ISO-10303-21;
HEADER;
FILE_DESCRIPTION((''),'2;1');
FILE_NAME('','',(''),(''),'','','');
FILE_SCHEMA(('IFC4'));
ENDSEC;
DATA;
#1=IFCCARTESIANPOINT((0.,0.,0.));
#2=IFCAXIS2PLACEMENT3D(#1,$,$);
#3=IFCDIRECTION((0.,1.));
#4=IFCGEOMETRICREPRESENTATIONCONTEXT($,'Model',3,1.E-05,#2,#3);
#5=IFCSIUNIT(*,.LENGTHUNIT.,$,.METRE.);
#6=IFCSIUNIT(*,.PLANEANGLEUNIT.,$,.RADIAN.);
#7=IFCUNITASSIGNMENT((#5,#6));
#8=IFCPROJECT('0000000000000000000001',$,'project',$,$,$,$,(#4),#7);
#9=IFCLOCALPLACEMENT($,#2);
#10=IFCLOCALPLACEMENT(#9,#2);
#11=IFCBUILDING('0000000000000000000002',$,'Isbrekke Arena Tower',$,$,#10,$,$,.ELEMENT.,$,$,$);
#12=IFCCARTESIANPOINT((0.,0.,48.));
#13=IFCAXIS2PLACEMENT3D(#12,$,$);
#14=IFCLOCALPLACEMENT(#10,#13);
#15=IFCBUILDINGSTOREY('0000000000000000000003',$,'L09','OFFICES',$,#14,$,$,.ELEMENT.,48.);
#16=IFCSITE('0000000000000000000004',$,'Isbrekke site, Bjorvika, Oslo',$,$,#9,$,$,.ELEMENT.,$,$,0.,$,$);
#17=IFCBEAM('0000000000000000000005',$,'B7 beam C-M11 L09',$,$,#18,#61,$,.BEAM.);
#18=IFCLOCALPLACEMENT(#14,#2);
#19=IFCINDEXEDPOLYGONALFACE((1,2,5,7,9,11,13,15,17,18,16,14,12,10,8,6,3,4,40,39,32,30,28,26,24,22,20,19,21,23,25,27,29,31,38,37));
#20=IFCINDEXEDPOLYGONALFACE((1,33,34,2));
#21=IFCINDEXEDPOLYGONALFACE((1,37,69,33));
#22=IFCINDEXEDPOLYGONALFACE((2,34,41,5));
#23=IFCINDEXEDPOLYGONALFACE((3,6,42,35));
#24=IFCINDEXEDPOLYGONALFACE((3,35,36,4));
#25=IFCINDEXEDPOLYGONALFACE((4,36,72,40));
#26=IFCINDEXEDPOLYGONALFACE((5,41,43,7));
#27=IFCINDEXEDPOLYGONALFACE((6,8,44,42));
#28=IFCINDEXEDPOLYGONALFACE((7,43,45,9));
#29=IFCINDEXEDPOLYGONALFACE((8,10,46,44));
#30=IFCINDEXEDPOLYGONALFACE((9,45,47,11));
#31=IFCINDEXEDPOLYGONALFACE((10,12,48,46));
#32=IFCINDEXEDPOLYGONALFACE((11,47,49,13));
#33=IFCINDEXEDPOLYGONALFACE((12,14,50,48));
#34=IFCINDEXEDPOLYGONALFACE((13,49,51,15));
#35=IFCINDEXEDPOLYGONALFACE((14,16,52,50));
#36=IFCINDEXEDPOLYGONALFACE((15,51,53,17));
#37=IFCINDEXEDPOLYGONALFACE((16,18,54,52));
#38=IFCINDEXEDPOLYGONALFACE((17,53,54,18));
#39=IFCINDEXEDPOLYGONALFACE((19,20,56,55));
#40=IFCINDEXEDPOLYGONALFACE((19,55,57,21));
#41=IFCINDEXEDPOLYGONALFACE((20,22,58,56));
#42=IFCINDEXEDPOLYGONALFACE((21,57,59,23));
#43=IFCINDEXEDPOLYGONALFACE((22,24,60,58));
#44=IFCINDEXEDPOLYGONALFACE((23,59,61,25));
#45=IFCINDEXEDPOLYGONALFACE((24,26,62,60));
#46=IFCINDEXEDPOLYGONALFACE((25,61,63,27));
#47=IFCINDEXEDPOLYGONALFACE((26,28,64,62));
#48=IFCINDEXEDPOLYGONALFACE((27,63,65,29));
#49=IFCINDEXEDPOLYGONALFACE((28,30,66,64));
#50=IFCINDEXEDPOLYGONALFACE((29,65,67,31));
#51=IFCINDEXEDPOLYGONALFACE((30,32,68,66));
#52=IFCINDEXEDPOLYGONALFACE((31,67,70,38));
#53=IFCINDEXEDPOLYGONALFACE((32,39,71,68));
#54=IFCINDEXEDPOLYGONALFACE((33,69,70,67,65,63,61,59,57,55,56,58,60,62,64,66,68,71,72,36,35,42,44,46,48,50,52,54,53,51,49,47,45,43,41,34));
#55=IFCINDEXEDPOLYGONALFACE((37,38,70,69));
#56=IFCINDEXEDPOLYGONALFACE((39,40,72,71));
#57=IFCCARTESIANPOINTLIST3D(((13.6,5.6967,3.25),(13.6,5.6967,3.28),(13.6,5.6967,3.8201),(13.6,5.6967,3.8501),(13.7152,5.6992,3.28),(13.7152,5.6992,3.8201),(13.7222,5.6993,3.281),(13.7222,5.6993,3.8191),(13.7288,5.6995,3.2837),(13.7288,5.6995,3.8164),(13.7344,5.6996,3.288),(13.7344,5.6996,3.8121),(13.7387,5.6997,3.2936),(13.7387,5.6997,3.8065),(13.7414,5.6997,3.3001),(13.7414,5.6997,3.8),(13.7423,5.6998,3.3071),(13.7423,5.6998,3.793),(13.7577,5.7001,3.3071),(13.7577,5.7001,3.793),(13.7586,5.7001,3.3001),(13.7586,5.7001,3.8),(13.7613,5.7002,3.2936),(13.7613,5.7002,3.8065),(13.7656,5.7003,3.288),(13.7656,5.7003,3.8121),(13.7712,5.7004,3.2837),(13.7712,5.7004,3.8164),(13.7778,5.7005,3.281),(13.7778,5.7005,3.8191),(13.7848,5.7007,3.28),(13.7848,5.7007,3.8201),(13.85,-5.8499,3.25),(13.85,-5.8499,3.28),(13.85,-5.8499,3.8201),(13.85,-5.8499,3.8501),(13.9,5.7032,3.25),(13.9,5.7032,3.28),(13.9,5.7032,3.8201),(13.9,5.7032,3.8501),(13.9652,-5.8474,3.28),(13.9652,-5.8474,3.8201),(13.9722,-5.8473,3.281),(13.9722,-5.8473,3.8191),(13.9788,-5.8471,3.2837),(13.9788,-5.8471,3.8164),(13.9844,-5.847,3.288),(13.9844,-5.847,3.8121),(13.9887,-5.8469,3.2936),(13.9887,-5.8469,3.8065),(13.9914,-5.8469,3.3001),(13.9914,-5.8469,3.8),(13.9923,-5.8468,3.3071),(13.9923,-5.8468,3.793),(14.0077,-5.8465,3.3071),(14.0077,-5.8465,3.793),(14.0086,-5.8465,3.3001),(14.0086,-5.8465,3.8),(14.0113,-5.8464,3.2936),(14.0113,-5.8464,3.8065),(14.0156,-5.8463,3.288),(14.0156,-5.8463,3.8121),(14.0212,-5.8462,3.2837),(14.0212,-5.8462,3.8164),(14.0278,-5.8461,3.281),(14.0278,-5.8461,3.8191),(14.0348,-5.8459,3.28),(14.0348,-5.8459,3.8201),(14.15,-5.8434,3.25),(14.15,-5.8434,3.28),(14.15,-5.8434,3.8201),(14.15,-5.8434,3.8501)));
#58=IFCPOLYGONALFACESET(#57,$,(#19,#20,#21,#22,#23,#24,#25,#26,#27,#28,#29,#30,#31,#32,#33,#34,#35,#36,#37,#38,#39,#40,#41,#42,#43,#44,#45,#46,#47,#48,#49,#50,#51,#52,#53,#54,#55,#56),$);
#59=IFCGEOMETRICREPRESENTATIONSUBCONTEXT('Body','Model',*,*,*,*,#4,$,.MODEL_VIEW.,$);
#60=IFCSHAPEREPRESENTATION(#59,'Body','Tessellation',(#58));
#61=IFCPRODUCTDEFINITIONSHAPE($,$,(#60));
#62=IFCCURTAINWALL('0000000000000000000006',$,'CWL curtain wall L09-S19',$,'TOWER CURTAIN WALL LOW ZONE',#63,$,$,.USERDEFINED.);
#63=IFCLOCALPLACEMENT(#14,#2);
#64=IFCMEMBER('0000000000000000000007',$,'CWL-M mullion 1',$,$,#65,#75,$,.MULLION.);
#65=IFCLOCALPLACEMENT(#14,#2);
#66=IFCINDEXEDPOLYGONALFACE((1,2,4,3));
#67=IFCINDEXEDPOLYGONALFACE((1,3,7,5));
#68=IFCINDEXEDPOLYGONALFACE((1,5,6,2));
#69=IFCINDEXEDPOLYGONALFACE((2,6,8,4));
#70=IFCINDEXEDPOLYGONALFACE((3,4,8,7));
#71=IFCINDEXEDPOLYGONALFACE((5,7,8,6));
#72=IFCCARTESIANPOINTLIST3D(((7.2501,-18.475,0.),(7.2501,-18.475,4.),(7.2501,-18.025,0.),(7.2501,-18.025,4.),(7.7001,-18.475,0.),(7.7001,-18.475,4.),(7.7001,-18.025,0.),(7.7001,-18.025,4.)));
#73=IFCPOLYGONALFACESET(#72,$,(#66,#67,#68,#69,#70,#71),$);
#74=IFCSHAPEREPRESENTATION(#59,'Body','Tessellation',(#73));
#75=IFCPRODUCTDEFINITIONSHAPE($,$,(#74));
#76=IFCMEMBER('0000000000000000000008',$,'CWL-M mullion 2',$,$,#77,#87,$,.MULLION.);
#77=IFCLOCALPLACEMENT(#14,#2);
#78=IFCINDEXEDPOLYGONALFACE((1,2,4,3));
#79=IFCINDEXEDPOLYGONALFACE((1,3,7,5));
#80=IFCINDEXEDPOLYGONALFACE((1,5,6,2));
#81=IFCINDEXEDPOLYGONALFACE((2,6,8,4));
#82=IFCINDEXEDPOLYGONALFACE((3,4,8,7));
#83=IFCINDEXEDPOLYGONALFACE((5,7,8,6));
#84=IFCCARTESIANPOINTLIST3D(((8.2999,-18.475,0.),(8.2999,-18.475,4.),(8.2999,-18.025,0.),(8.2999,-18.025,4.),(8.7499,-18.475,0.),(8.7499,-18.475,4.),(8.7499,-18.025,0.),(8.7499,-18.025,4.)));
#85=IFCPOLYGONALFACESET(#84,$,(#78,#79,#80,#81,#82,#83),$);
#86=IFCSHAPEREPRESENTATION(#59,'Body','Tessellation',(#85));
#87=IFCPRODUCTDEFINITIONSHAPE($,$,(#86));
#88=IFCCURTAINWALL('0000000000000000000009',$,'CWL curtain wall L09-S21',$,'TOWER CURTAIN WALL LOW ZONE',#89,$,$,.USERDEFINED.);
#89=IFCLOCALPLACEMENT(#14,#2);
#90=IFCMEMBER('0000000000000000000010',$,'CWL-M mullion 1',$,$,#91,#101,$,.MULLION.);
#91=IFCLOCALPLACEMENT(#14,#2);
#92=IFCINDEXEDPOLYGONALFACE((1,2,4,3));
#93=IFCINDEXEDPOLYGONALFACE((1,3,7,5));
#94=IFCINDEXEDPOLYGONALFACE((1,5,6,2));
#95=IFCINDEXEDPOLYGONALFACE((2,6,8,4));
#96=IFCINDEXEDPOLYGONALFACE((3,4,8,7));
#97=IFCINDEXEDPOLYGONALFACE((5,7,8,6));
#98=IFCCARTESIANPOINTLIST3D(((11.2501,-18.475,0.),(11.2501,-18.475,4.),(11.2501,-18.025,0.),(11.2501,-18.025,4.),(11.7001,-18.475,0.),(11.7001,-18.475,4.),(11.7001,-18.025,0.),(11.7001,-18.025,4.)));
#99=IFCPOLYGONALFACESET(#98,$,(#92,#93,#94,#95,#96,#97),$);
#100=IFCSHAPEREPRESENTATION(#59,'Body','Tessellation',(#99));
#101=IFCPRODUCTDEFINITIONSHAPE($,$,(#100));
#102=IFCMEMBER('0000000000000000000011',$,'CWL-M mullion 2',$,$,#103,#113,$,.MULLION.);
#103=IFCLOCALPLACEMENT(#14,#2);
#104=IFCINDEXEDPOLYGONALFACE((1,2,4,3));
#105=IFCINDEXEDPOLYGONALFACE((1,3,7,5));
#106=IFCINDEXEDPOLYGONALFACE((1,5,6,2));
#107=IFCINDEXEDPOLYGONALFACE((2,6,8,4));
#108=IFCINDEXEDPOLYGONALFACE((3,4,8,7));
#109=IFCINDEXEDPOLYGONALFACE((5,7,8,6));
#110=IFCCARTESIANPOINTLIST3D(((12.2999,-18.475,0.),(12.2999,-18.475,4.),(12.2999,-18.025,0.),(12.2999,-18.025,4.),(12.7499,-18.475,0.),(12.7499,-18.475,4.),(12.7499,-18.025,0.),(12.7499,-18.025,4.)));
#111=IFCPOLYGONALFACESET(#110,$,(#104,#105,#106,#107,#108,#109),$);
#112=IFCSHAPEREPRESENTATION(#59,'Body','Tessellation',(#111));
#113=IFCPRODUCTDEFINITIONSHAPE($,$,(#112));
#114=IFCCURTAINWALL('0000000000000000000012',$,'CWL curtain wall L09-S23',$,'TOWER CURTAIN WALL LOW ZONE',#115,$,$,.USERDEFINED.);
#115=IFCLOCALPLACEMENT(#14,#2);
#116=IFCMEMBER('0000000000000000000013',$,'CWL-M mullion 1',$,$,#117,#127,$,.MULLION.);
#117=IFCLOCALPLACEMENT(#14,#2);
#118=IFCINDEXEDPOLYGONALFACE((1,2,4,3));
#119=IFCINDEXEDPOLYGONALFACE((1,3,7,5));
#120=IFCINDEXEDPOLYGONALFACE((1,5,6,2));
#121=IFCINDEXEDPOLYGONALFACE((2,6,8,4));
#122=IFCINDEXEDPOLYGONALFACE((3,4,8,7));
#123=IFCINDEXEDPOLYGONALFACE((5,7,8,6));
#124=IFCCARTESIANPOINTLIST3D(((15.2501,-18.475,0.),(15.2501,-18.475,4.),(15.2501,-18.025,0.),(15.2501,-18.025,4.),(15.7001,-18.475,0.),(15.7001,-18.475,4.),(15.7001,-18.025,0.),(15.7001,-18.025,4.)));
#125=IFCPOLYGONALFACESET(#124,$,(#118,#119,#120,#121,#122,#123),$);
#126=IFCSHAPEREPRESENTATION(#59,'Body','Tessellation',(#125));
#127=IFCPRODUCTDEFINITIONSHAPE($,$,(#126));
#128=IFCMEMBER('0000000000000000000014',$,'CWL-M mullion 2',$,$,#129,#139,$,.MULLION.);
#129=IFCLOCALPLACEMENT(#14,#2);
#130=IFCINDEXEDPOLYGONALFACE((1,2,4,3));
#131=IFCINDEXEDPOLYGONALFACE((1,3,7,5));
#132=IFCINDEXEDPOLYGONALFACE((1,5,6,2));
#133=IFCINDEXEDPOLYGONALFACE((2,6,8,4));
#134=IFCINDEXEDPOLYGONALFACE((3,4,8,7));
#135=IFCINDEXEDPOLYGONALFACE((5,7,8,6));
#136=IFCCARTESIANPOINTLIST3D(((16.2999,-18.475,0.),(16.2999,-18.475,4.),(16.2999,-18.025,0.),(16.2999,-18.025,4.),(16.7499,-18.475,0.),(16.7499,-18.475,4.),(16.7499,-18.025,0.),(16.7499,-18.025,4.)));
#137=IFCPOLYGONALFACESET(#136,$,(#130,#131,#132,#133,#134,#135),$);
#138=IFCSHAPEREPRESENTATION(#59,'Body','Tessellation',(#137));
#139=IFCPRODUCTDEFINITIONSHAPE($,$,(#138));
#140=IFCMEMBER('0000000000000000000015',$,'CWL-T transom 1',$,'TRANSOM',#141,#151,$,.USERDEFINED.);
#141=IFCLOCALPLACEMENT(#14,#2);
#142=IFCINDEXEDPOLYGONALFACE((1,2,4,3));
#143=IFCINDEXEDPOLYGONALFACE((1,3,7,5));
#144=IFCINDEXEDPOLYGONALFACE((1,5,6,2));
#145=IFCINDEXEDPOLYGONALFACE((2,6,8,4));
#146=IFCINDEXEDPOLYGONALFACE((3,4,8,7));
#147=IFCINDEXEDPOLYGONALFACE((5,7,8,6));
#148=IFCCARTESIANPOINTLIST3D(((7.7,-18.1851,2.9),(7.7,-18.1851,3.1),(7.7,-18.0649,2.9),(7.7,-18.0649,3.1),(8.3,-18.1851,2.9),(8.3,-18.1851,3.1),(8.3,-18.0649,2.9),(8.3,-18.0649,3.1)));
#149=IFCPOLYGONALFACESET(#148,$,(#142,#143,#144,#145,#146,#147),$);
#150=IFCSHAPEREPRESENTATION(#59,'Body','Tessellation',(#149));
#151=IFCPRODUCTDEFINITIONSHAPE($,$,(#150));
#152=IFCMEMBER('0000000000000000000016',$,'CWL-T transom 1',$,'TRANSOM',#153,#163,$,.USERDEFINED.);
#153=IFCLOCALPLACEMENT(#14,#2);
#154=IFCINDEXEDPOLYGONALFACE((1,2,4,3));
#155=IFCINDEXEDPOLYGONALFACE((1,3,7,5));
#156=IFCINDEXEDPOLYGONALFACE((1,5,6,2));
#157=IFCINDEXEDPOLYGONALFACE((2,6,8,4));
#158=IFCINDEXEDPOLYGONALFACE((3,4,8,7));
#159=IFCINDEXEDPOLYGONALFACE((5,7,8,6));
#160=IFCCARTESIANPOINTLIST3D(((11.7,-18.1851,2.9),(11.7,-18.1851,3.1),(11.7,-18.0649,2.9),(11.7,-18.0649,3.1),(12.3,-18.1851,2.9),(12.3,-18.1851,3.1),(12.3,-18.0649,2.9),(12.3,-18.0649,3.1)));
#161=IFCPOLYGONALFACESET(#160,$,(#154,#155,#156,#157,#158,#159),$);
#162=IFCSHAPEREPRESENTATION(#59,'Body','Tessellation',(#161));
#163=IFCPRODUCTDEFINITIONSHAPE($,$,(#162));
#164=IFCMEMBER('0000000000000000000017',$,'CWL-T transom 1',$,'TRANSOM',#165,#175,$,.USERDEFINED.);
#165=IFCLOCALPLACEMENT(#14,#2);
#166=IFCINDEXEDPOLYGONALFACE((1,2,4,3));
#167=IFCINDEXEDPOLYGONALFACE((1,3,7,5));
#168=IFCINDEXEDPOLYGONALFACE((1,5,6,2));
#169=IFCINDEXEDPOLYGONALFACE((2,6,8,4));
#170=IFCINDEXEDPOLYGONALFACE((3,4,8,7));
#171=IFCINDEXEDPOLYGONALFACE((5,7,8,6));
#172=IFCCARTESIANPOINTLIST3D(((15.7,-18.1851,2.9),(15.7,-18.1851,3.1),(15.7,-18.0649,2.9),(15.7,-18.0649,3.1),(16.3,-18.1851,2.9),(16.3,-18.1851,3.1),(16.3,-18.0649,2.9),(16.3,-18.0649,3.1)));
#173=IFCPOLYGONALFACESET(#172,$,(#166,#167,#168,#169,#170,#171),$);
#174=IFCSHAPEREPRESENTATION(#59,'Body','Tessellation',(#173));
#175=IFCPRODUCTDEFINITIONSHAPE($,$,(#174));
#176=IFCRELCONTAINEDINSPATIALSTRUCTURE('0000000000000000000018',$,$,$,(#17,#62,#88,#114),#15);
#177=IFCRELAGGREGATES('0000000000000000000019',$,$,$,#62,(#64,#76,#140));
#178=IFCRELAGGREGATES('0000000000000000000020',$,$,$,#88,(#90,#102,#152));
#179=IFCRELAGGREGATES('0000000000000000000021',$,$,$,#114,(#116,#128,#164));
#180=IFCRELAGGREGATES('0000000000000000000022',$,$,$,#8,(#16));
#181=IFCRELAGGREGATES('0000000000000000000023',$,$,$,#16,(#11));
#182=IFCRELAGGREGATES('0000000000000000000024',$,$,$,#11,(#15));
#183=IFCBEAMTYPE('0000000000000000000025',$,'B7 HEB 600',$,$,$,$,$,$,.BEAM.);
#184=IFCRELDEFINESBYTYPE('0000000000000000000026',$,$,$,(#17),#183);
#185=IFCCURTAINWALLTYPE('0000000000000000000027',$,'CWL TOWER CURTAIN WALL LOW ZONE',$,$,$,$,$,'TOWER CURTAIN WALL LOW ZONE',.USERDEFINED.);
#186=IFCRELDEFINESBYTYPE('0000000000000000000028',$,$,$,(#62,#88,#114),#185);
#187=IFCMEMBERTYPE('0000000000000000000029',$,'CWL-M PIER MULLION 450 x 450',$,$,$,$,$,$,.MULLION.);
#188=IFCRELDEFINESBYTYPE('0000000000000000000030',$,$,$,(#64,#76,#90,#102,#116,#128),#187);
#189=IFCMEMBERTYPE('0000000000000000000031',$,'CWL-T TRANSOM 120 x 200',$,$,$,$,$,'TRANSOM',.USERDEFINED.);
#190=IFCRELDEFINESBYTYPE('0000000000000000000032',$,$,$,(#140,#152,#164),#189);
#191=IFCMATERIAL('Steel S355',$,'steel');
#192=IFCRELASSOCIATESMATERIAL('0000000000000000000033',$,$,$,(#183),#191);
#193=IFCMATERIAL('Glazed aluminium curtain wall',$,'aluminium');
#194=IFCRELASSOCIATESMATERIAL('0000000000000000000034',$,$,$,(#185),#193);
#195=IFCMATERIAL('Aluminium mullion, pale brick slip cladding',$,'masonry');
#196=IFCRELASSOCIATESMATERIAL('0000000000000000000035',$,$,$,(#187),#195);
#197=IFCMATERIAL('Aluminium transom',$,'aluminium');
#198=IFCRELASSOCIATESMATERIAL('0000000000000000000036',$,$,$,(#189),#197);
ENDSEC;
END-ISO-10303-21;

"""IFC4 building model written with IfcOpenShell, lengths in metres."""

from ifc_helpers import new_model, si_unit, direction, frame, origin, origin_2d, place, context, subcontext, project, spatial, rectangle, i_section, extrude, material, material_profile, profile_set, type_object, element, aggregate, save


model = new_model("IFC4")

# Units and contexts
model_context = context("Model", 3, precision=1e-05, world=origin(), true_north=direction((0.0, 1.0)))
body_context = subcontext(model_context, "Body", "Model", "MODEL_VIEW")
ifc_project = project(units=[si_unit("LENGTHUNIT", "METRE"), si_unit("PLANEANGLEUNIT", "RADIAN")], contexts=[model_context])

# Site, building, storey
site_placement = place(None, origin())
site = spatial("IfcSite", under=ifc_project, at=site_placement, Name="Isbrekke site, Bjorvika, Oslo", CompositionType="ELEMENT", RefElevation=0.0)
building_placement = place(site_placement, origin())
building = spatial("IfcBuilding", under=site, at=building_placement, Name="Isbrekke Arena Tower", CompositionType="ELEMENT")
storey_placement = place(building_placement, frame((0.0, 0.0, 48.0)))
storey = spatial("IfcBuildingStorey", under=building, at=storey_placement, Name="L09", Description="OFFICES", CompositionType="ELEMENT", Elevation=48.0)

# Beam
ifc_material_1 = material(Name="Steel S355", Category="steel")
ifc_material_profile_1 = material_profile(ifc_material_1, i_section(OverallWidth=0.3, OverallDepth=0.6001, WebThickness=0.0154, FlangeThickness=0.03, FilletRadius=0.0271, at=origin_2d()), Name="HEB 600")
ifc_profile_set_1 = profile_set([ifc_material_profile_1], Name="Steel S355")
beam_type_1 = type_object("IfcBeamType", Name="B7 HEB 600", PredefinedType="BEAM", material=ifc_profile_set_1)
beam_1_placement = place(storey_placement, frame((14.0, -5.8467, 3.55), z_axis=(-0.021646, 0.999766, 0.0), x_axis=(-0.999766, -0.021646, 0.0)))
element("IfcBeam", 1, at=beam_1_placement, inside=storey, type_object=beam_type_1, Name="B7 beam C-M11 L09", PredefinedType="BEAM", context=body_context, shape_type="SweptSolid", body=[
    extrude(i_section(OverallWidth=0.3, OverallDepth=0.6001, WebThickness=0.0154, FlangeThickness=0.03, FilletRadius=0.0271, at=origin_2d()), origin(), (0.0, 0.0, 1.0), 11.5493),
])

# Curtain walls, members
ifc_material_2 = material(Name="Glazed aluminium curtain wall", Category="aluminium")
curtain_wall_type = type_object("IfcCurtainWallType", Name="CWL TOWER CURTAIN WALL LOW ZONE", ElementType="TOWER CURTAIN WALL LOW ZONE", PredefinedType="USERDEFINED", material=ifc_material_2)
curtain_wall_1_placement = place(storey_placement, origin())
curtain_wall_1 = element("IfcCurtainWall", 2, at=curtain_wall_1_placement, inside=storey, type_object=curtain_wall_type, Name="CWL curtain wall L09-S19", ObjectType="TOWER CURTAIN WALL LOW ZONE", PredefinedType="USERDEFINED")
ifc_material_3 = material(Name="Aluminium mullion, pale brick slip cladding", Category="masonry")
ifc_material_profile_2 = material_profile(ifc_material_3, rectangle(XDim=0.45, YDim=0.45, at=origin_2d()), Name="PIER 450X450")
ifc_profile_set_2 = profile_set([ifc_material_profile_2], Name="Aluminium mullion, pale brick slip cladding")
member_type_1 = type_object("IfcMemberType", Name="CWL-M PIER MULLION 450 x 450", PredefinedType="MULLION", material=ifc_profile_set_2)
member_1_placement = place(storey_placement, frame((7.4751, -18.25, 0.0), z_axis=(0.0, 0.0, 1.0), x_axis=(1.0, 0.0, 0.0)))
member_1 = element("IfcMember", 3, at=member_1_placement, type_object=member_type_1, Name="CWL-M mullion 1", PredefinedType="MULLION", context=body_context, shape_type="SweptSolid", body=[
    extrude(rectangle(XDim=0.45, YDim=0.45, at=origin_2d()), origin(), (0.0, 0.0, 1.0), 4.0),
])
member_2_placement = place(storey_placement, frame((8.5249, -18.25, 0.0), z_axis=(0.0, 0.0, 1.0), x_axis=(1.0, 0.0, 0.0)))
member_2 = element("IfcMember", 4, at=member_2_placement, type_object=member_type_1, Name="CWL-M mullion 2", PredefinedType="MULLION", context=body_context, shape_type="SweptSolid", body=[
    extrude(rectangle(XDim=0.45, YDim=0.45, at=origin_2d()), origin(), (0.0, 0.0, 1.0), 4.0),
])
curtain_wall_2_placement = place(storey_placement, origin())
curtain_wall_2 = element("IfcCurtainWall", 5, at=curtain_wall_2_placement, inside=storey, type_object=curtain_wall_type, Name="CWL curtain wall L09-S21", ObjectType="TOWER CURTAIN WALL LOW ZONE", PredefinedType="USERDEFINED")
member_3_placement = place(storey_placement, frame((11.4751, -18.25, 0.0), z_axis=(0.0, 0.0, 1.0), x_axis=(1.0, 0.0, 0.0)))
member_3 = element("IfcMember", 6, at=member_3_placement, type_object=member_type_1, Name="CWL-M mullion 1", PredefinedType="MULLION", context=body_context, shape_type="SweptSolid", body=[
    extrude(rectangle(XDim=0.45, YDim=0.45, at=origin_2d()), origin(), (0.0, 0.0, 1.0), 4.0),
])
member_4_placement = place(storey_placement, frame((12.5249, -18.25, 0.0), z_axis=(0.0, 0.0, 1.0), x_axis=(1.0, 0.0, 0.0)))
member_4 = element("IfcMember", 7, at=member_4_placement, type_object=member_type_1, Name="CWL-M mullion 2", PredefinedType="MULLION", context=body_context, shape_type="SweptSolid", body=[
    extrude(rectangle(XDim=0.45, YDim=0.45, at=origin_2d()), origin(), (0.0, 0.0, 1.0), 4.0),
])
curtain_wall_3_placement = place(storey_placement, origin())
curtain_wall_3 = element("IfcCurtainWall", 8, at=curtain_wall_3_placement, inside=storey, type_object=curtain_wall_type, Name="CWL curtain wall L09-S23", ObjectType="TOWER CURTAIN WALL LOW ZONE", PredefinedType="USERDEFINED")
member_5_placement = place(storey_placement, frame((15.4751, -18.25, 0.0), z_axis=(0.0, 0.0, 1.0), x_axis=(1.0, 0.0, 0.0)))
member_5 = element("IfcMember", 9, at=member_5_placement, type_object=member_type_1, Name="CWL-M mullion 1", PredefinedType="MULLION", context=body_context, shape_type="SweptSolid", body=[
    extrude(rectangle(XDim=0.45, YDim=0.45, at=origin_2d()), origin(), (0.0, 0.0, 1.0), 4.0),
])
member_6_placement = place(storey_placement, frame((16.5249, -18.25, 0.0), z_axis=(0.0, 0.0, 1.0), x_axis=(1.0, 0.0, 0.0)))
member_6 = element("IfcMember", 10, at=member_6_placement, type_object=member_type_1, Name="CWL-M mullion 2", PredefinedType="MULLION", context=body_context, shape_type="SweptSolid", body=[
    extrude(rectangle(XDim=0.45, YDim=0.45, at=origin_2d()), origin(), (0.0, 0.0, 1.0), 4.0),
])

# Members
ifc_material_4 = material(Name="Aluminium transom", Category="aluminium")
ifc_material_profile_3 = material_profile(ifc_material_4, rectangle(XDim=0.1201, YDim=0.2, at=origin_2d()), Name="TRANSOM 120X200")
ifc_profile_set_3 = profile_set([ifc_material_profile_3], Name="Aluminium transom")
member_type_2 = type_object("IfcMemberType", Name="CWL-T TRANSOM 120 x 200", ElementType="TRANSOM", PredefinedType="USERDEFINED", material=ifc_profile_set_3)
member_7_placement = place(storey_placement, frame((7.7, -18.125, 3.0), z_axis=(1.0, 0.0, 0.0), x_axis=(0.0, 1.0, 0.0)))
member_7 = element("IfcMember", 11, at=member_7_placement, type_object=member_type_2, Name="CWL-T transom 1", ObjectType="TRANSOM", PredefinedType="USERDEFINED", context=body_context, shape_type="SweptSolid", body=[
    extrude(rectangle(XDim=0.1201, YDim=0.2, at=origin_2d()), origin(), (0.0, 0.0, 1.0), 0.6001),
])
member_8_placement = place(storey_placement, frame((11.7, -18.125, 3.0), z_axis=(1.0, 0.0, 0.0), x_axis=(0.0, 1.0, 0.0)))
member_8 = element("IfcMember", 12, at=member_8_placement, type_object=member_type_2, Name="CWL-T transom 1", ObjectType="TRANSOM", PredefinedType="USERDEFINED", context=body_context, shape_type="SweptSolid", body=[
    extrude(rectangle(XDim=0.1201, YDim=0.2, at=origin_2d()), origin(), (0.0, 0.0, 1.0), 0.6001),
])
member_9_placement = place(storey_placement, frame((15.7, -18.125, 3.0), z_axis=(1.0, 0.0, 0.0), x_axis=(0.0, 1.0, 0.0)))
member_9 = element("IfcMember", 13, at=member_9_placement, type_object=member_type_2, Name="CWL-T transom 1", ObjectType="TRANSOM", PredefinedType="USERDEFINED", context=body_context, shape_type="SweptSolid", body=[
    extrude(rectangle(XDim=0.1201, YDim=0.2, at=origin_2d()), origin(), (0.0, 0.0, 1.0), 0.6001),
])

aggregate(curtain_wall_1, [member_1, member_2, member_7])
aggregate(curtain_wall_2, [member_3, member_4, member_8])
aggregate(curtain_wall_3, [member_5, member_6, member_9])

save(model, "model.ifc")
